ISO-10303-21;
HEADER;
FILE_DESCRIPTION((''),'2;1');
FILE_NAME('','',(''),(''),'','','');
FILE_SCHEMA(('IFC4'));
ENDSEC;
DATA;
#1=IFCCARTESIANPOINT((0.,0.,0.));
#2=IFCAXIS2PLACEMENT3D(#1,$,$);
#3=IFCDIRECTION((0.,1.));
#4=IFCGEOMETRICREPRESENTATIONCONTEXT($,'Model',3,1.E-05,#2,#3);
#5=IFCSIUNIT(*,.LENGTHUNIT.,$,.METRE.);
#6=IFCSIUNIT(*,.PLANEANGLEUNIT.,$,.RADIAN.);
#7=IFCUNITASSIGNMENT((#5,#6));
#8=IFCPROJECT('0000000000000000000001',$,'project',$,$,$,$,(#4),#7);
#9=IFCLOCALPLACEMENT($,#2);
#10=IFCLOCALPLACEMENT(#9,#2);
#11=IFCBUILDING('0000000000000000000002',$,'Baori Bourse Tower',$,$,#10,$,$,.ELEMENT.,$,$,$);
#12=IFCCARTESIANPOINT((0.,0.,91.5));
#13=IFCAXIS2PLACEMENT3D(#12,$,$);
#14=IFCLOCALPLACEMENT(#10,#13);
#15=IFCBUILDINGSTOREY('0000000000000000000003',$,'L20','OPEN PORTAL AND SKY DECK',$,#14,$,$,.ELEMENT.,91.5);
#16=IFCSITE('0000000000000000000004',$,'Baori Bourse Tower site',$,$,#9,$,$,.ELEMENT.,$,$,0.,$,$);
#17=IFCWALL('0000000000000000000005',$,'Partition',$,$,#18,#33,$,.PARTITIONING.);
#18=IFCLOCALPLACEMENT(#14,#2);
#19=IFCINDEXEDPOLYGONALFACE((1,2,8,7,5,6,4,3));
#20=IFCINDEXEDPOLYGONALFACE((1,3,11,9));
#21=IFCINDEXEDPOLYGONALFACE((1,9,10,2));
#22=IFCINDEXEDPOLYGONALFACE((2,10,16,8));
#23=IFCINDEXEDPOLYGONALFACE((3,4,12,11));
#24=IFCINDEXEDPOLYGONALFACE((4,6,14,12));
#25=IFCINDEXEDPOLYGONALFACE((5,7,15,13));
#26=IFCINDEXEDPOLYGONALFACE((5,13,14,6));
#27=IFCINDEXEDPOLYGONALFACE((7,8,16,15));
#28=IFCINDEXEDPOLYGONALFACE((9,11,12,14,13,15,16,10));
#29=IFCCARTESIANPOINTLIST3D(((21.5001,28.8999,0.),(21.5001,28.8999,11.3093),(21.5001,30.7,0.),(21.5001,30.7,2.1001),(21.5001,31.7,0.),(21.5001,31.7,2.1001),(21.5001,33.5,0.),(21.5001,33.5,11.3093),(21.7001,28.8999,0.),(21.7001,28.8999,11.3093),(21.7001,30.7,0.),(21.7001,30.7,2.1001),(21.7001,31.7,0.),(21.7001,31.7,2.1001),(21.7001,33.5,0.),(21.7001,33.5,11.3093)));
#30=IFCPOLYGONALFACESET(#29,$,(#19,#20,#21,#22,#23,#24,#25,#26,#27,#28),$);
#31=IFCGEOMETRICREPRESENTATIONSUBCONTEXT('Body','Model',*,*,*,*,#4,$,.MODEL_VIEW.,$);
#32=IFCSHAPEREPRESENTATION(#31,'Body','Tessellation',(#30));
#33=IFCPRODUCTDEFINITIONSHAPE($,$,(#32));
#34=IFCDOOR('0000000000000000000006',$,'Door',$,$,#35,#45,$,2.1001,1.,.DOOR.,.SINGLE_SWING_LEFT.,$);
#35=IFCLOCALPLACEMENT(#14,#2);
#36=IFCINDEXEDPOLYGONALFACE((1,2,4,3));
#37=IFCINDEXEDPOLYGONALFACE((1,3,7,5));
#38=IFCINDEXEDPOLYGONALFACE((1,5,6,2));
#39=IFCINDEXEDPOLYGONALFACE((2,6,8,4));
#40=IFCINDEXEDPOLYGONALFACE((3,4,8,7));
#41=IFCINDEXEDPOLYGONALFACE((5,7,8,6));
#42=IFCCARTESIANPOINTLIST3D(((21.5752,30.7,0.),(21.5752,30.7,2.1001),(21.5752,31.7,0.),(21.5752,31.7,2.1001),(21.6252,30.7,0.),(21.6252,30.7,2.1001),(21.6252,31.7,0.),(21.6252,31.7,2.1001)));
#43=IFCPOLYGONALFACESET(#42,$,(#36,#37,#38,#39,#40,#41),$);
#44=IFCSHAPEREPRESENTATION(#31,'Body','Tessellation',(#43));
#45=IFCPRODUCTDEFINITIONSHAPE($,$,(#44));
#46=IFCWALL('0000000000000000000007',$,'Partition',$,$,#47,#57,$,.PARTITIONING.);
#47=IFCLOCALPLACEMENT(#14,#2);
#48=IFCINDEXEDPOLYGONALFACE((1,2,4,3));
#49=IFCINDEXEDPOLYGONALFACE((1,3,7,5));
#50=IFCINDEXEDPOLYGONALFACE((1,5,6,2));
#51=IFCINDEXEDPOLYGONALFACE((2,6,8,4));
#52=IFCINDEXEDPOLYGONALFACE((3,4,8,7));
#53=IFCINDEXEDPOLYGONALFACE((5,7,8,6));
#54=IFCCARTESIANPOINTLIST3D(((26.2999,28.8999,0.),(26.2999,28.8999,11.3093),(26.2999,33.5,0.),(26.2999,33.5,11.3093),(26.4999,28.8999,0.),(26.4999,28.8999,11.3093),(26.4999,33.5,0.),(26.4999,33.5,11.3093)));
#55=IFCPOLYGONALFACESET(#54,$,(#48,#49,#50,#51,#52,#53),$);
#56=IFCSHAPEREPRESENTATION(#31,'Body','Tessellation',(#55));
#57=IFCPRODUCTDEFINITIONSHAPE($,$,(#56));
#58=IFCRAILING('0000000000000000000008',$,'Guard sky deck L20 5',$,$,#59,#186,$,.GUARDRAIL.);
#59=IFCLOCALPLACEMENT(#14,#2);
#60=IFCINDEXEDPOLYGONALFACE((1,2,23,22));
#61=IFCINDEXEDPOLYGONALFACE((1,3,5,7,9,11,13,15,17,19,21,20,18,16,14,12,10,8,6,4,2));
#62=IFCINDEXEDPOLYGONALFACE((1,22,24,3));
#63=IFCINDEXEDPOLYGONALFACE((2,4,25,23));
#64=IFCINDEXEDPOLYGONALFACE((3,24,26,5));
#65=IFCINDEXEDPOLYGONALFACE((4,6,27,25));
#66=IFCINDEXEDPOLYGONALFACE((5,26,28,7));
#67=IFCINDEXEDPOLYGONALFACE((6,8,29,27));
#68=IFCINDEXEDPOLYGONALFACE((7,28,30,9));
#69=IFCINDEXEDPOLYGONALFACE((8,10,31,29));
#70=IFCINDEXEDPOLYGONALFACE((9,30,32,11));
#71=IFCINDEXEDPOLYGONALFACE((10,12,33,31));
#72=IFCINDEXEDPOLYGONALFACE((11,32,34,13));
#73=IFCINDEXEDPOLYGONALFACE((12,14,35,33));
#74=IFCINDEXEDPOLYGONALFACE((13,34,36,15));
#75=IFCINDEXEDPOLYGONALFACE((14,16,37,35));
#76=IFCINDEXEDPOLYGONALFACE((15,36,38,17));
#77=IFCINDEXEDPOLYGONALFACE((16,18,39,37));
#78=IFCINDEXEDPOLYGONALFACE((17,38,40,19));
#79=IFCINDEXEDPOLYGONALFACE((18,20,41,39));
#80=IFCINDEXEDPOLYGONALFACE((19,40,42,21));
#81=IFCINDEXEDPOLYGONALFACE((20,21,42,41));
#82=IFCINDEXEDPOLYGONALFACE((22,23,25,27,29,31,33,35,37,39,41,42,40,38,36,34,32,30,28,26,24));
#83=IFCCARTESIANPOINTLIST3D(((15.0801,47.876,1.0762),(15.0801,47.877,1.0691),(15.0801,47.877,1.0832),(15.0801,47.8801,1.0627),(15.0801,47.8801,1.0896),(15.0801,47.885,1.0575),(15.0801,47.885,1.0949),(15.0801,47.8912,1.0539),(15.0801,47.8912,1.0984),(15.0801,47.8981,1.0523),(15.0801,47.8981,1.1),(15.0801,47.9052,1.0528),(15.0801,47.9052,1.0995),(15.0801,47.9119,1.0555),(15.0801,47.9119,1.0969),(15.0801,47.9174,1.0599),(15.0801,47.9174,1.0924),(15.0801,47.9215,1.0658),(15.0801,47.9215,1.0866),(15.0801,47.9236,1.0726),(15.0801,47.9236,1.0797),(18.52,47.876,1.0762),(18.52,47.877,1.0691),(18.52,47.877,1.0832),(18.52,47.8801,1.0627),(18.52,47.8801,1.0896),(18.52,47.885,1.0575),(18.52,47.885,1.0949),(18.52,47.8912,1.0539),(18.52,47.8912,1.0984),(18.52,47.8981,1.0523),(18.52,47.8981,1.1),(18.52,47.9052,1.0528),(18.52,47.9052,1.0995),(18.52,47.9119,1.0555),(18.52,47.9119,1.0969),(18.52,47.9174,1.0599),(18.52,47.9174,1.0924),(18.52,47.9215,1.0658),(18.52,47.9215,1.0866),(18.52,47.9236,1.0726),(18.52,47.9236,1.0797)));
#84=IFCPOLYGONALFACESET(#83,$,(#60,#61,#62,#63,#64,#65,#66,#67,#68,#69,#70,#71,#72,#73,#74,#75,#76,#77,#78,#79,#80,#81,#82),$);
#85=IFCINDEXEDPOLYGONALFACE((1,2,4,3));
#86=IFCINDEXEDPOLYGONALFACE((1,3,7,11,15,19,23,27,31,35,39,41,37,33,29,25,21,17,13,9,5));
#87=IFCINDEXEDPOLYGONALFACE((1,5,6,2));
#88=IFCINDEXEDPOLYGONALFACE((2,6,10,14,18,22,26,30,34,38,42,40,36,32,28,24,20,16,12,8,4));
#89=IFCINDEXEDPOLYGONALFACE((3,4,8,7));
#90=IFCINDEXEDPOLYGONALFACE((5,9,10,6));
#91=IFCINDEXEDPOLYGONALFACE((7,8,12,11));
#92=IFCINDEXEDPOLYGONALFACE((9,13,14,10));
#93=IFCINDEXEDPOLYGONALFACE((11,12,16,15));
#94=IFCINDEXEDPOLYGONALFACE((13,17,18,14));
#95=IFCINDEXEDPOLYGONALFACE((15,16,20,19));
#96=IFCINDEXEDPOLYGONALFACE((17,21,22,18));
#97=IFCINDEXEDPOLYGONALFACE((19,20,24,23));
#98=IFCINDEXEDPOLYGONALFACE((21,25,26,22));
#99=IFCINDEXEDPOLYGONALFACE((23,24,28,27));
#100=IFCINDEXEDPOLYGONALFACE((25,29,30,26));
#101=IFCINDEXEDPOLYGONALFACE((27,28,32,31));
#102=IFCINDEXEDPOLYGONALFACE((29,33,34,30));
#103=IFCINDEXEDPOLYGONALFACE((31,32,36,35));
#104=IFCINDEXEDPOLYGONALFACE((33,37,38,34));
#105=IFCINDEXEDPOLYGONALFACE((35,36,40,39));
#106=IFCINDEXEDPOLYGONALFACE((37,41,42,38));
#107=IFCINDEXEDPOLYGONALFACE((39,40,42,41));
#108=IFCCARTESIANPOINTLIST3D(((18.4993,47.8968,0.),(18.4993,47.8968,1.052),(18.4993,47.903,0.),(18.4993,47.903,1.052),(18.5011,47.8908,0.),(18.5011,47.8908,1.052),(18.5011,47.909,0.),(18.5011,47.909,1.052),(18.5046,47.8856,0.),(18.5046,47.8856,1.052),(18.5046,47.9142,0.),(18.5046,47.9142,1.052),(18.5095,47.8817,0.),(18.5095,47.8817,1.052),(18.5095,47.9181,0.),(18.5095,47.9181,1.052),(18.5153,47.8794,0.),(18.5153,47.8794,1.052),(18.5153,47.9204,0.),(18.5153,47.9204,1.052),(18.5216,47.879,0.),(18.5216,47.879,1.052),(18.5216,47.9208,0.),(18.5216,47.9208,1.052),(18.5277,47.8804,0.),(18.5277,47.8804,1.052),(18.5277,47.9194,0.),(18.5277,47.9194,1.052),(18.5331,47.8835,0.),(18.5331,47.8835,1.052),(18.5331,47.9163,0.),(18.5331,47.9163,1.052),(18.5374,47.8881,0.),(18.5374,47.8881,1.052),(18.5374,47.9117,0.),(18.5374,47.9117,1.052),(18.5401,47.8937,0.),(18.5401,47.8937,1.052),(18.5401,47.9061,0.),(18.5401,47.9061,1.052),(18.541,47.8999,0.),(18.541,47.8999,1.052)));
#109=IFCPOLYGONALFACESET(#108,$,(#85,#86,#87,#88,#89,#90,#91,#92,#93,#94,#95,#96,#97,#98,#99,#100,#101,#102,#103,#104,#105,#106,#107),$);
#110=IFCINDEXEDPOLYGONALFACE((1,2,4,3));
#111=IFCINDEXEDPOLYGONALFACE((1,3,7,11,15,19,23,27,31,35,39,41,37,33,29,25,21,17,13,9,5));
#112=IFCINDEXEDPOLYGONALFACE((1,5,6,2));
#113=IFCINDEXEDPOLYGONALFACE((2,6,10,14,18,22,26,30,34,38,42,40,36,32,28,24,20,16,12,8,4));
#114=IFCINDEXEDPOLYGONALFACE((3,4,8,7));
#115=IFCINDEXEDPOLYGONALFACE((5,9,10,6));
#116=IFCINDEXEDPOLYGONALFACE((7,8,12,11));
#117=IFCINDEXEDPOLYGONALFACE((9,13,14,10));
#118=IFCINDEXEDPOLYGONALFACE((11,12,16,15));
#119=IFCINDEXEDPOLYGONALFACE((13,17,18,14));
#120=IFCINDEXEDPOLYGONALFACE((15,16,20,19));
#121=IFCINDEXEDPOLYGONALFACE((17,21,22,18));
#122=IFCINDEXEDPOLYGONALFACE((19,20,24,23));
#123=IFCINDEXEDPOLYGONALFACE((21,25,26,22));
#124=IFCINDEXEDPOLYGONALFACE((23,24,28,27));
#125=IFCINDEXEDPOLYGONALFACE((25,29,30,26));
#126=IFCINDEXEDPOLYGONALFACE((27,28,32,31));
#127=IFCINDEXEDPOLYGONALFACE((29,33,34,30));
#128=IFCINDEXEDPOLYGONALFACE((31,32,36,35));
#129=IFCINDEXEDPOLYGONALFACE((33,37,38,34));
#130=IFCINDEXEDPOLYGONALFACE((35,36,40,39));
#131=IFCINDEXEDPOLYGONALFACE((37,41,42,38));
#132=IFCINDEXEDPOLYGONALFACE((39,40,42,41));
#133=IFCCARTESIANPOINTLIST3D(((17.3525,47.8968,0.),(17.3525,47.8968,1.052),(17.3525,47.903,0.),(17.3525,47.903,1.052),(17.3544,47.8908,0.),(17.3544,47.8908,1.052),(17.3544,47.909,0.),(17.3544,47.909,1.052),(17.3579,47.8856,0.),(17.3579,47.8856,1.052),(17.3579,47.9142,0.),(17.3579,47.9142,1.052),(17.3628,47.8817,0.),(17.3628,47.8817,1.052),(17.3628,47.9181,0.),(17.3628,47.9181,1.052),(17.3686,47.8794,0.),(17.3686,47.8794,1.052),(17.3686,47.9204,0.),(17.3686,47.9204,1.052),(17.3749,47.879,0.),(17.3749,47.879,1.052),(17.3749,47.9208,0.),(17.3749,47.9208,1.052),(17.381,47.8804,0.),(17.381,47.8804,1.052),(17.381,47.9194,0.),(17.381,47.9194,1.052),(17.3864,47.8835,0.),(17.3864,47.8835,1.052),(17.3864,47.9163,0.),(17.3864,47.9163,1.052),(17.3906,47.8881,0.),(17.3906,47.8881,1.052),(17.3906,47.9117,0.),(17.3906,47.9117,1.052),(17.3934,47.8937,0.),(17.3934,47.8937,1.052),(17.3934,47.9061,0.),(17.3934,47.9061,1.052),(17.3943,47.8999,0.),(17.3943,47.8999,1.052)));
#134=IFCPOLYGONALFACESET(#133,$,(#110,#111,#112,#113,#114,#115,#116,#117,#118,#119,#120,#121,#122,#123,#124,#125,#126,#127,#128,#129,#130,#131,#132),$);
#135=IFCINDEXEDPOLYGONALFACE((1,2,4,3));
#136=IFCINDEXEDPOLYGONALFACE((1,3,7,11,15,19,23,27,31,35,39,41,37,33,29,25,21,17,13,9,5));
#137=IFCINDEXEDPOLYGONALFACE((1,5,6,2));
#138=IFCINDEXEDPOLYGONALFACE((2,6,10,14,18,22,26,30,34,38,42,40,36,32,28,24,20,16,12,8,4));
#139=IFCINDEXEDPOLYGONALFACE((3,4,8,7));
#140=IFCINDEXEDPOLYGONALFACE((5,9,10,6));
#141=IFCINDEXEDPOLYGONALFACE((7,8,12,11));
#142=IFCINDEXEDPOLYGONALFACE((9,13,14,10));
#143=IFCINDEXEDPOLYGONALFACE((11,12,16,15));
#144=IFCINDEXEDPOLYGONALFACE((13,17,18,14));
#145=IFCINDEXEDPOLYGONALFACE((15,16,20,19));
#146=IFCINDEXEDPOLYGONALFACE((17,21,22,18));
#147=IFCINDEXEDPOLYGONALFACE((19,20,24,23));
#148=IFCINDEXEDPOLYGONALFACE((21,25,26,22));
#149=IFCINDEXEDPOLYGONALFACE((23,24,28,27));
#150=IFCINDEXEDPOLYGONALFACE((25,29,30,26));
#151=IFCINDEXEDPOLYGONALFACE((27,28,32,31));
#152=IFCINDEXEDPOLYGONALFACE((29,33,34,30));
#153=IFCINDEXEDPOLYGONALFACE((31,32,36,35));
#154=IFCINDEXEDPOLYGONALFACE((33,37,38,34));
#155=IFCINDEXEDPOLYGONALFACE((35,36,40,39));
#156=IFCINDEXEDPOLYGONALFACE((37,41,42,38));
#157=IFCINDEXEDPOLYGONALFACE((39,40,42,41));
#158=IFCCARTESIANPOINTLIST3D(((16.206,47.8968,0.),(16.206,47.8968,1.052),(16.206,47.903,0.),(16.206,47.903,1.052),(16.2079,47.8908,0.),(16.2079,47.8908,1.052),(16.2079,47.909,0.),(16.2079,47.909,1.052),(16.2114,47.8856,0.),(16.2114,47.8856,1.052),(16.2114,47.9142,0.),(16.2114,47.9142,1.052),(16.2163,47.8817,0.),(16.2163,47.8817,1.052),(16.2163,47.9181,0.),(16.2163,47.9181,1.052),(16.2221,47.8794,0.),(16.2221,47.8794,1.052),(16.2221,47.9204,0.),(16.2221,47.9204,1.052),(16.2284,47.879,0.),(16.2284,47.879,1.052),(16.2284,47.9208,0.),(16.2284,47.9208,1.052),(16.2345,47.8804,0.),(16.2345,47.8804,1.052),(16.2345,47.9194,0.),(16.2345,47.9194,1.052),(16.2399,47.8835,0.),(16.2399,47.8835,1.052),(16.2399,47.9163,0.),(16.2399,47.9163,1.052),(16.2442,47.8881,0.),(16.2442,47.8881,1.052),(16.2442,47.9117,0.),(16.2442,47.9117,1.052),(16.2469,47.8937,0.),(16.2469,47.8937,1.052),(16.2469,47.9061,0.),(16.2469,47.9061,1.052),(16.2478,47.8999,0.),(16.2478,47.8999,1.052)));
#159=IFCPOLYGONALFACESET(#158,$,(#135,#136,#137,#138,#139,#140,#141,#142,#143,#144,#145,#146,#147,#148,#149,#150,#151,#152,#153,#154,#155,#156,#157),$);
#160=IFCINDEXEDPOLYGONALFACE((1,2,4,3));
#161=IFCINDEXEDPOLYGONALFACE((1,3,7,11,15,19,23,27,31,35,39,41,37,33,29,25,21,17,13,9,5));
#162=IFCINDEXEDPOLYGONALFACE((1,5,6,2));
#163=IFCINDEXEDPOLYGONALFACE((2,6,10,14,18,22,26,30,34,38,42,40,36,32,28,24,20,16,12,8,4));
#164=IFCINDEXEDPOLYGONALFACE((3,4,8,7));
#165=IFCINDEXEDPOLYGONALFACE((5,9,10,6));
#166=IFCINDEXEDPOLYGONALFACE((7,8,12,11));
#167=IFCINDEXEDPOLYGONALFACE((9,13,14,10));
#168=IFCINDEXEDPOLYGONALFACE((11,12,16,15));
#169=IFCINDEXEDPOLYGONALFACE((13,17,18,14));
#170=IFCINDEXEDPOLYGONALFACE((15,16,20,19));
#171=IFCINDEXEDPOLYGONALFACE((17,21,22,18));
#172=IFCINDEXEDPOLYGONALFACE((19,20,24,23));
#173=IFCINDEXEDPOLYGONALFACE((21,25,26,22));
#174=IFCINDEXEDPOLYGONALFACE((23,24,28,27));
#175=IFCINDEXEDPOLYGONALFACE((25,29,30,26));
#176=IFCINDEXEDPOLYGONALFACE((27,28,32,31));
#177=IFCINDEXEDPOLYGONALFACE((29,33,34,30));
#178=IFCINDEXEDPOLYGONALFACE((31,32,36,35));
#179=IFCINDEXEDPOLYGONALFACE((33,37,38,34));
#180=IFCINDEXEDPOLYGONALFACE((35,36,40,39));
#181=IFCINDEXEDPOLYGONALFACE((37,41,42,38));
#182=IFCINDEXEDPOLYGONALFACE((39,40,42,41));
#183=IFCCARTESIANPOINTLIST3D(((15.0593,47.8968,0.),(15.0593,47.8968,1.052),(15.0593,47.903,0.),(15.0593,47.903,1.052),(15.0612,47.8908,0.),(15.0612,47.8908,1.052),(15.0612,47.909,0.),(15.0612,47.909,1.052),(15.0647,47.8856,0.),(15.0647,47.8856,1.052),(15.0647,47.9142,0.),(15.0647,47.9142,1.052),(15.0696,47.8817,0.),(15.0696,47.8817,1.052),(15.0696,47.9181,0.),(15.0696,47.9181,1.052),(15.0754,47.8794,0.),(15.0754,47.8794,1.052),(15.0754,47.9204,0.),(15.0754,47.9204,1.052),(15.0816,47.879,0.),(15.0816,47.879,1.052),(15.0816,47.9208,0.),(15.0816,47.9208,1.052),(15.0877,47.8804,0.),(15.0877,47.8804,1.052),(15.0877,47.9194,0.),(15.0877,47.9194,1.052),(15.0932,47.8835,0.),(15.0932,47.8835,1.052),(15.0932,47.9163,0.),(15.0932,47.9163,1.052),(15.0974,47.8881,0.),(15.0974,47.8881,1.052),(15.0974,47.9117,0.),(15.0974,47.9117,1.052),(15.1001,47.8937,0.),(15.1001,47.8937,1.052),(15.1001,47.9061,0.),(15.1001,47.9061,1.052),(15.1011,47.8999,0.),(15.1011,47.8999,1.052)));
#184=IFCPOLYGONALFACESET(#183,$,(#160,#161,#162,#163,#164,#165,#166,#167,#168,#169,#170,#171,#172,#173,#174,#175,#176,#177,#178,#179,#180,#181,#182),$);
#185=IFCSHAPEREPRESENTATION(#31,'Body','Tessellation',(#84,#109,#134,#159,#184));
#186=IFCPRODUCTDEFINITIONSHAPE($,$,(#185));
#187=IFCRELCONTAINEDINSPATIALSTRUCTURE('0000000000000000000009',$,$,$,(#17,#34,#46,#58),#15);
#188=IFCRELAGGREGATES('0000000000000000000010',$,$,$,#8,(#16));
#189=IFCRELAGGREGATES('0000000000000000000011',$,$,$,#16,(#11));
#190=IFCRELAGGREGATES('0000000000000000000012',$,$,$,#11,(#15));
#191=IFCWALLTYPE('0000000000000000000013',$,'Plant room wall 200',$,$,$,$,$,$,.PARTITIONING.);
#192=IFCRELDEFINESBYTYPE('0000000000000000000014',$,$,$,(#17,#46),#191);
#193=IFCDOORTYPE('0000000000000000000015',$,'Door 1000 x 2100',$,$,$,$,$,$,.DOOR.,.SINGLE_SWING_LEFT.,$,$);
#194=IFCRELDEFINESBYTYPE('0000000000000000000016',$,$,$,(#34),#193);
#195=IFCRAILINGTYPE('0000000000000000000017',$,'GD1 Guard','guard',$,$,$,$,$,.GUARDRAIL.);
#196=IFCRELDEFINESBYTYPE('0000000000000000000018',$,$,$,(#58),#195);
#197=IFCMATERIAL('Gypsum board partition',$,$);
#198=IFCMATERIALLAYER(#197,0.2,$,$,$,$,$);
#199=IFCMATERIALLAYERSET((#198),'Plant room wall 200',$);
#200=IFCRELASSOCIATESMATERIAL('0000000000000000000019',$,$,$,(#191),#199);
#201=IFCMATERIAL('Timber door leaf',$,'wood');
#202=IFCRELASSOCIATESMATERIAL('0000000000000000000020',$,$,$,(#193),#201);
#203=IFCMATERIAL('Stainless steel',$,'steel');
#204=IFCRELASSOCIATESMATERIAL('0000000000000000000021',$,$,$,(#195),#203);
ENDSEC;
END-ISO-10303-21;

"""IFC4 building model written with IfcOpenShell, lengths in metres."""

from ifc_helpers import new_model, si_unit, direction, frame, frame_2d, origin, origin_2d, place, context, subcontext, project, spatial, rectangle, circle, extrude, material, layer, layer_set, type_object, element, fill, save


model = new_model("IFC4")

# Units and contexts
model_context = context("Model", 3, precision=1e-05, world=origin(), true_north=direction((0.0, 1.0)))
body_context = subcontext(model_context, "Body", "Model", "MODEL_VIEW")
ifc_project = project(units=[si_unit("LENGTHUNIT", "METRE"), si_unit("PLANEANGLEUNIT", "RADIAN")], contexts=[model_context])

# Site, building, storey
site_placement = place(None, origin())
site = spatial("IfcSite", under=ifc_project, at=site_placement, Name="Baori Bourse Tower site", CompositionType="ELEMENT", RefElevation=0.0)
building_placement = place(site_placement, origin())
building = spatial("IfcBuilding", under=site, at=building_placement, Name="Baori Bourse Tower", CompositionType="ELEMENT")
storey_placement = place(building_placement, frame((0.0, 0.0, 91.5)))
storey = spatial("IfcBuildingStorey", under=building, at=storey_placement, Name="L20", Description="OPEN PORTAL AND SKY DECK", CompositionType="ELEMENT", Elevation=91.5)

# Shared definitions
ifc_material_1 = material(Name="Gypsum board partition")
ifc_layer_1 = layer(ifc_material_1, 0.2)
ifc_layer_set_1 = layer_set([ifc_layer_1], Name="Plant room wall 200")
wall_type_1 = type_object("IfcWallType", Name="Plant room wall 200", PredefinedType="PARTITIONING", material=ifc_layer_set_1)

# Wall, opening, door
ifc_material_2 = material(Name="Timber door leaf", Category="wood")
door_type_1 = type_object("IfcDoorType", Name="Door 1000 x 2100", OperationType="SINGLE_SWING_LEFT", PredefinedType="DOOR", material=ifc_material_2)
wall_1_placement = place(storey_placement, frame((21.6001, 28.8999, 0.0), z_axis=(0.0, 0.0, 1.0), x_axis=(0.0, 1.0, 0.0)))
wall_1 = element("IfcWall", 1, at=wall_1_placement, inside=storey, type_object=wall_type_1, Name="Partition", PredefinedType="PARTITIONING", context=body_context, shape_type="SweptSolid", body=[
    extrude(rectangle(XDim=4.6001, YDim=0.2, at=frame_2d((2.3, 0.0))), origin(), (0.0, 0.0, 1.0), 11.3093),
])
opening_1_placement = place(wall_1_placement, frame((1.8, 0.0, 0.0)))
opening_1 = element("IfcOpeningElement", 2, at=opening_1_placement, cuts=wall_1, PredefinedType="OPENING", context=body_context, shape_type="SweptSolid", body=[
    extrude(rectangle(XDim=1.0, YDim=2.1001, at=frame_2d((0.5, 1.05))), frame((0.0, 0.1099, 0.0), z_axis=(0.0, -1.0, 0.0), x_axis=(1.0, 0.0, 0.0)), (0.0, 0.0, 1.0), 0.22),
])
door_1_placement = place(opening_1_placement, origin())
door_1 = element("IfcDoor", 3, at=door_1_placement, inside=storey, type_object=door_type_1, Name="Door", OperationType="SINGLE_SWING_LEFT", OverallHeight=2.1001, OverallWidth=1.0, PredefinedType="DOOR", context=body_context, shape_type="SweptSolid", body=[
    extrude(rectangle(XDim=1.0, YDim=2.1001, at=frame_2d((0.5, 1.05))), frame((0.0, 0.0249, 0.0), z_axis=(0.0, -1.0, 0.0), x_axis=(1.0, 0.0, 0.0)), (0.0, 0.0, 1.0), 0.05),
])
fill(opening_1, door_1)

# Wall
wall_2_placement = place(storey_placement, frame((26.3999, 28.8999, 0.0), z_axis=(0.0, 0.0, 1.0), x_axis=(0.0, 1.0, 0.0)))
element("IfcWall", 4, at=wall_2_placement, inside=storey, type_object=wall_type_1, Name="Partition", PredefinedType="PARTITIONING", context=body_context, shape_type="SweptSolid", body=[
    extrude(rectangle(XDim=4.6001, YDim=0.2, at=frame_2d((2.3, 0.0))), origin(), (0.0, 0.0, 1.0), 11.3093),
])

# Railing
ifc_material_3 = material(Name="Stainless steel", Category="steel")
railing_type = type_object("IfcRailingType", Name="GD1 Guard", Description="guard", PredefinedType="GUARDRAIL", material=ifc_material_3)
railing_placement = place(storey_placement, frame((18.52, 47.8999, 0.0)))
element("IfcRailing", 5, at=railing_placement, inside=storey, type_object=railing_type, Name="Guard sky deck L20 5", PredefinedType="GUARDRAIL", context=body_context, shape_type="SweptSolid", body=[
    extrude(circle(Radius=0.0239, at=origin_2d()), frame((0.0, 0.0, 1.0762), z_axis=(-1.0, 0.0, 0.0), x_axis=(0.0, -1.0, 0.0)), (0.0, 0.0, 1.0), 3.4399),
    extrude(circle(Radius=0.021, at=origin_2d()), origin(), (0.0, 0.0, 1.0), 1.052),
    extrude(circle(Radius=0.021, at=origin_2d()), frame((-1.1467, 0.0, 0.0)), (0.0, 0.0, 1.0), 1.052),
    extrude(circle(Radius=0.021, at=origin_2d()), frame((-2.2932, 0.0, 0.0)), (0.0, 0.0, 1.0), 1.052),
    extrude(circle(Radius=0.021, at=origin_2d()), frame((-3.4399, 0.0, 0.0)), (0.0, 0.0, 1.0), 1.052),
])

save(model, "model.ifc")
